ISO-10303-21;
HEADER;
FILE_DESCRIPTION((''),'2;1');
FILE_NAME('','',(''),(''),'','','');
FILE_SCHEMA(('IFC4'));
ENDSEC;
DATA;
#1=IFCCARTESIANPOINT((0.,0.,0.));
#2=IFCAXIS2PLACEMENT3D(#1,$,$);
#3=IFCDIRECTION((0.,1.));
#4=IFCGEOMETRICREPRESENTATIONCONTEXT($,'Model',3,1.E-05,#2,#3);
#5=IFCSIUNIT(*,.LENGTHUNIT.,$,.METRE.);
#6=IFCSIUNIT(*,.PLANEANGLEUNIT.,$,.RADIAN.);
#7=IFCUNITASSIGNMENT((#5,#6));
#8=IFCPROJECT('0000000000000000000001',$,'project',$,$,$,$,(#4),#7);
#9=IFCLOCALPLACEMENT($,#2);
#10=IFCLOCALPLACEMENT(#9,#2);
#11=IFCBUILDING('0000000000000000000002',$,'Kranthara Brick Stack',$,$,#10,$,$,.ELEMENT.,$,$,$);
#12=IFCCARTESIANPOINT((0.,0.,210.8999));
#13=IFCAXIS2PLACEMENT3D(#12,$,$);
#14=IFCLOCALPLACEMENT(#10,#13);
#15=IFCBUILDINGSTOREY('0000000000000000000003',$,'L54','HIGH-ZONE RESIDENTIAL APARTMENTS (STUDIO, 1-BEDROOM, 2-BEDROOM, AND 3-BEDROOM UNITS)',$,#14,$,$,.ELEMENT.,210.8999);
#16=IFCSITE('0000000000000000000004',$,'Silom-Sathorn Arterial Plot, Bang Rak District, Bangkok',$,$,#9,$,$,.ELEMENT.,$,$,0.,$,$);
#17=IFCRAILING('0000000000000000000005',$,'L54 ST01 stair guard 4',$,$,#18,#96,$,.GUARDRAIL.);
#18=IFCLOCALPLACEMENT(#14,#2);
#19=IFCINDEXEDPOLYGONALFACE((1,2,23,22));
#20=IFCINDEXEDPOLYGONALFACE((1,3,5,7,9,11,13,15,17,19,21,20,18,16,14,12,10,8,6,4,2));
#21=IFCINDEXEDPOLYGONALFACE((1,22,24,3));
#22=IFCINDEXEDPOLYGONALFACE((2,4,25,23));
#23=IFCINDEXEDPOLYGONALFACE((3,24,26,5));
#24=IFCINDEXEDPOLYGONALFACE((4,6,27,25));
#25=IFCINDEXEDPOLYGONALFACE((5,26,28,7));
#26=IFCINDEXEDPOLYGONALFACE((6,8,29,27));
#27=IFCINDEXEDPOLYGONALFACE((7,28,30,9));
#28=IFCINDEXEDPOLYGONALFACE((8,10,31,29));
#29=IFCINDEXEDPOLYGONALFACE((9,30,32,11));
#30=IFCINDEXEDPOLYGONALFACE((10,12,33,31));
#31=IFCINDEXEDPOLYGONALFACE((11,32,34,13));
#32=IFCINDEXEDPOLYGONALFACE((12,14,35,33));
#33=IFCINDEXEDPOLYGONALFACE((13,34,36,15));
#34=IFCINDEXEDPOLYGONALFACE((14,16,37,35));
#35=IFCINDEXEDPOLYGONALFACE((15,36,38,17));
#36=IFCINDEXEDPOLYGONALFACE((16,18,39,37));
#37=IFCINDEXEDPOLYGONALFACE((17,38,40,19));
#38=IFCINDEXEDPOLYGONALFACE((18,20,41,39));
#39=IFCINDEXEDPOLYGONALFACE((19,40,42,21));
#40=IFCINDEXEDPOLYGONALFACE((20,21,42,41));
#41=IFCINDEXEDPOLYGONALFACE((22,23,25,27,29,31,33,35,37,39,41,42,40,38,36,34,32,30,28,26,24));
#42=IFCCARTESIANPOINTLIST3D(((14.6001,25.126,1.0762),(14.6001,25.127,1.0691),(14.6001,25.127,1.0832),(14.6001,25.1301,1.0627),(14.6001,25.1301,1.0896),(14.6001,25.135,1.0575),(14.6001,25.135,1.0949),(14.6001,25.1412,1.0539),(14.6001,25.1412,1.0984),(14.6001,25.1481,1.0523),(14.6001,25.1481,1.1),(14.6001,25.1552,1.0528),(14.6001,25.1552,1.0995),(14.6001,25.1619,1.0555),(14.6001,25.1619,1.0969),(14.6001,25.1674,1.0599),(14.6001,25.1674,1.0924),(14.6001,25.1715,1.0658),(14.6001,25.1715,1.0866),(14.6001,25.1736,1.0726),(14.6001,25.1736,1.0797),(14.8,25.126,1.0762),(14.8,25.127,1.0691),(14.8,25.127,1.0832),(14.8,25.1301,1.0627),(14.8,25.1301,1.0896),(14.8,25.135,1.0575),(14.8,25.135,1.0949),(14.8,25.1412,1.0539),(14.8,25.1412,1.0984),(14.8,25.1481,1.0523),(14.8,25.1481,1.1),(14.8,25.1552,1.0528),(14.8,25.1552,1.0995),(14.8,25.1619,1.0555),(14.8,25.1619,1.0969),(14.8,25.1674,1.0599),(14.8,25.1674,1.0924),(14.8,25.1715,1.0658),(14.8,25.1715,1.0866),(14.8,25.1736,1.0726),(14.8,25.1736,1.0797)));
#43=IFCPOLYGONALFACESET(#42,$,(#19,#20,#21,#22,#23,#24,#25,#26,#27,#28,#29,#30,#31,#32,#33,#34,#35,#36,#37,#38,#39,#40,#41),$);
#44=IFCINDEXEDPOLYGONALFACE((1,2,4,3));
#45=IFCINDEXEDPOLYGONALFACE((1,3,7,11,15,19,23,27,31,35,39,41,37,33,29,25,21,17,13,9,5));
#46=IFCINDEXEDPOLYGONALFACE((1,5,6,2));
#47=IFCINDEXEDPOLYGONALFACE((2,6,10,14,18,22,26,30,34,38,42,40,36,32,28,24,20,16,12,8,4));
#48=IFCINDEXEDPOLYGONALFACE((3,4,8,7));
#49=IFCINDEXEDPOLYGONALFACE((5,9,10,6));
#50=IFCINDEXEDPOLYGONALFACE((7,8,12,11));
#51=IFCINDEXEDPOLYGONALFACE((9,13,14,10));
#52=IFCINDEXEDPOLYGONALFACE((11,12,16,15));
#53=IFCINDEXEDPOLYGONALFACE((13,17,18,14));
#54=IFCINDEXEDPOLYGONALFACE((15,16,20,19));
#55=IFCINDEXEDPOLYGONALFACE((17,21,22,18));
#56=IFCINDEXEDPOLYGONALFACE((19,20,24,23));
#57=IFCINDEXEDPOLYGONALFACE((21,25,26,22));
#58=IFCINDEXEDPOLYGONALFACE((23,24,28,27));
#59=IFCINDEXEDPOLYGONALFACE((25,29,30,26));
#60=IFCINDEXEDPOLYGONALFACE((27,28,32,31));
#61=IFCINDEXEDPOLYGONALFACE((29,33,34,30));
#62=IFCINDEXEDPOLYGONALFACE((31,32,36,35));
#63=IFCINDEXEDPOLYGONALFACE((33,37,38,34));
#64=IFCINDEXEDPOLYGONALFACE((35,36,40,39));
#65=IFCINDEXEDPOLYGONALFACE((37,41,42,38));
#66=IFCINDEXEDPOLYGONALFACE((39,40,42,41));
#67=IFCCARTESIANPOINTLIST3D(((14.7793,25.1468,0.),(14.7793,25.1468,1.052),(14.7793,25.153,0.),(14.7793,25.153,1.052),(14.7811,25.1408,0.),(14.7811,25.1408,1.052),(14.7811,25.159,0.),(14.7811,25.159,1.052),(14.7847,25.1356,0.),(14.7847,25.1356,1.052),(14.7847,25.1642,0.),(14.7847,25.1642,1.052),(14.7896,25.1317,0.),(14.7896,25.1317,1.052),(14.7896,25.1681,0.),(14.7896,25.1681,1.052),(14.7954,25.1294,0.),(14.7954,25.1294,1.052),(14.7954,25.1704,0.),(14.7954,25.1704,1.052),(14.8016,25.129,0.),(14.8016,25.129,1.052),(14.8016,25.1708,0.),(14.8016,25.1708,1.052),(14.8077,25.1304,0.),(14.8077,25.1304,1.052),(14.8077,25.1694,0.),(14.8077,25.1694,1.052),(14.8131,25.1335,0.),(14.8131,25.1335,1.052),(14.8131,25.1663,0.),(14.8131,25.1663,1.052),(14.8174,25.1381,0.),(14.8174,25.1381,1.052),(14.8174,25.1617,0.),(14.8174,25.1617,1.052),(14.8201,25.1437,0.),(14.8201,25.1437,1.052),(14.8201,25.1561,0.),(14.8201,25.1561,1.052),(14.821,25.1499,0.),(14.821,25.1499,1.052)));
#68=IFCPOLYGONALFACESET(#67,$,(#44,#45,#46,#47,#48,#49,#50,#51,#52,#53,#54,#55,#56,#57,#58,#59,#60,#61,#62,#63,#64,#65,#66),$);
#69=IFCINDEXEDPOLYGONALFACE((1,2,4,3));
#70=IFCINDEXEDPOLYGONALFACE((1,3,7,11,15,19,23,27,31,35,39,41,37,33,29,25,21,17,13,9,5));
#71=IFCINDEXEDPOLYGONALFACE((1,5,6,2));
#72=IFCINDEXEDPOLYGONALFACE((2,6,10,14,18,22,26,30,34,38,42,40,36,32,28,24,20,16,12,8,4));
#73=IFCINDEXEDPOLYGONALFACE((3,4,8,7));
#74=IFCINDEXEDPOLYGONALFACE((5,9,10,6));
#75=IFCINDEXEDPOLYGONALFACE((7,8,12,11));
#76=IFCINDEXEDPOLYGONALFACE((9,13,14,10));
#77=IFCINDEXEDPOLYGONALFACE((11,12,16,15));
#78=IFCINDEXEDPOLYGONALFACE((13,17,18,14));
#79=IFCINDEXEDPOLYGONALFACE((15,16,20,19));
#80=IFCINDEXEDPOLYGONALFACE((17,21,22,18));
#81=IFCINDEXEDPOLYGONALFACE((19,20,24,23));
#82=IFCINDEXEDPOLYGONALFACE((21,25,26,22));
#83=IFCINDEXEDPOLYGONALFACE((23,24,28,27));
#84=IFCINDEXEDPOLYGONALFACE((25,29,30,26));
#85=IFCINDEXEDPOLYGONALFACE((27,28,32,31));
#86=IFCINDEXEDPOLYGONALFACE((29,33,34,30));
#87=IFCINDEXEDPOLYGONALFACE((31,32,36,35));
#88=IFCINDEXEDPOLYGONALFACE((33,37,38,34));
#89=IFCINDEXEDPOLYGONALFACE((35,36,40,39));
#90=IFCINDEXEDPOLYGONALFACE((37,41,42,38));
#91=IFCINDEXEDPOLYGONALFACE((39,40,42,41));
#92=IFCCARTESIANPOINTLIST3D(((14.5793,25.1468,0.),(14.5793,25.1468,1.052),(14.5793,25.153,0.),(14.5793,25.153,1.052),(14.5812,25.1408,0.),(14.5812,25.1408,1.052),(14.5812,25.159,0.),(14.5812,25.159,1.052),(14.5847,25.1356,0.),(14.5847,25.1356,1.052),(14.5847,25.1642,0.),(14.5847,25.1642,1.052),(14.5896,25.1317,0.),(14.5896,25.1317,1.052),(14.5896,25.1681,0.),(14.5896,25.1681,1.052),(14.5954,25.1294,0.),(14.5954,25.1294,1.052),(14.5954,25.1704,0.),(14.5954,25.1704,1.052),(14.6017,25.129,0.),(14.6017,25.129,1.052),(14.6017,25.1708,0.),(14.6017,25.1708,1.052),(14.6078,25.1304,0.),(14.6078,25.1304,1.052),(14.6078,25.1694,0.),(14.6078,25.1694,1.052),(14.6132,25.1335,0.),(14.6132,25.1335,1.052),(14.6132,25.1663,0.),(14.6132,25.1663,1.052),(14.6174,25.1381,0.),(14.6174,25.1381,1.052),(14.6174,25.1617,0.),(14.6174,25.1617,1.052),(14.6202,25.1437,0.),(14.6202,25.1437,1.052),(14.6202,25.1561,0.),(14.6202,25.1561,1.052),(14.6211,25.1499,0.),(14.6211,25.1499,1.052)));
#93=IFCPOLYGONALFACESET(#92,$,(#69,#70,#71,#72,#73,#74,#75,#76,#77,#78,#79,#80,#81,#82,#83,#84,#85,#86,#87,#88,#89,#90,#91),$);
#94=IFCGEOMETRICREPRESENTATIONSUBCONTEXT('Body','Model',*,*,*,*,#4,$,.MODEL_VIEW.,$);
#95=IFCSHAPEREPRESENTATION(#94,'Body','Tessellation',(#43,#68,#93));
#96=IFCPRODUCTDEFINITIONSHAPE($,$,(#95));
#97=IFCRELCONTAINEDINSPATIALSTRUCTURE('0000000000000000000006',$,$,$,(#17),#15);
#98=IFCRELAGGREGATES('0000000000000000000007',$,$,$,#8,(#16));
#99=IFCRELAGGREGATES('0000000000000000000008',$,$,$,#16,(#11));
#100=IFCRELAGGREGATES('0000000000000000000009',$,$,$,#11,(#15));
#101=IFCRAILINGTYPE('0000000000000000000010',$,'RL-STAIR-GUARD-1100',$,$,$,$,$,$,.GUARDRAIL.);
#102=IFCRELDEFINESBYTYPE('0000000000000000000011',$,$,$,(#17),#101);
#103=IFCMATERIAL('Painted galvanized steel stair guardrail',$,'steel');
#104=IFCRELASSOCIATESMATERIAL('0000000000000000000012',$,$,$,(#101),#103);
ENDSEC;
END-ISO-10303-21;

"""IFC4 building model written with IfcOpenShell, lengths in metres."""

from ifc_helpers import new_model, si_unit, direction, frame, origin, origin_2d, place, context, subcontext, project, spatial, circle, extrude, material, type_object, element, save


model = new_model("IFC4")

# Units and contexts
model_context = context("Model", 3, precision=1e-05, world=origin(), true_north=direction((0.0, 1.0)))
body_context = subcontext(model_context, "Body", "Model", "MODEL_VIEW")
ifc_project = project(units=[si_unit("LENGTHUNIT", "METRE"), si_unit("PLANEANGLEUNIT", "RADIAN")], contexts=[model_context])

# Site, building, storey
site_placement = place(None, origin())
site = spatial("IfcSite", under=ifc_project, at=site_placement, Name="Silom-Sathorn Arterial Plot, Bang Rak District, Bangkok", CompositionType="ELEMENT", RefElevation=0.0)
building_placement = place(site_placement, origin())
building = spatial("IfcBuilding", under=site, at=building_placement, Name="Kranthara Brick Stack", CompositionType="ELEMENT")
storey_placement = place(building_placement, frame((0.0, 0.0, 210.8999)))
storey = spatial("IfcBuildingStorey", under=building, at=storey_placement, Name="L54", Description="HIGH-ZONE RESIDENTIAL APARTMENTS (STUDIO, 1-BEDROOM, 2-BEDROOM, AND 3-BEDROOM UNITS)", CompositionType="ELEMENT", Elevation=210.8999)

# Railing
ifc_material_1 = material(Name="Painted galvanized steel stair guardrail", Category="steel")
railing_type_1 = type_object("IfcRailingType", Name="RL-STAIR-GUARD-1100", PredefinedType="GUARDRAIL", material=ifc_material_1)
railing_1_placement = place(storey_placement, frame((14.8, 25.1499, 0.0)))
element("IfcRailing", 1, at=railing_1_placement, inside=storey, type_object=railing_type_1, Name="L54 ST01 stair guard 4", PredefinedType="GUARDRAIL", context=body_context, shape_type="SweptSolid", body=[
    extrude(circle(Radius=0.0239, at=origin_2d()), frame((0.0, 0.0, 1.0762), z_axis=(-1.0, 0.0, 0.0), x_axis=(0.0, -1.0, 0.0)), (0.0, 0.0, 1.0), 0.2),
    extrude(circle(Radius=0.021, at=origin_2d()), origin(), (0.0, 0.0, 1.0), 1.052),
    extrude(circle(Radius=0.021, at=origin_2d()), frame((-0.2, 0.0, 0.0)), (0.0, 0.0, 1.0), 1.052),
])

save(model, "model.ifc")
